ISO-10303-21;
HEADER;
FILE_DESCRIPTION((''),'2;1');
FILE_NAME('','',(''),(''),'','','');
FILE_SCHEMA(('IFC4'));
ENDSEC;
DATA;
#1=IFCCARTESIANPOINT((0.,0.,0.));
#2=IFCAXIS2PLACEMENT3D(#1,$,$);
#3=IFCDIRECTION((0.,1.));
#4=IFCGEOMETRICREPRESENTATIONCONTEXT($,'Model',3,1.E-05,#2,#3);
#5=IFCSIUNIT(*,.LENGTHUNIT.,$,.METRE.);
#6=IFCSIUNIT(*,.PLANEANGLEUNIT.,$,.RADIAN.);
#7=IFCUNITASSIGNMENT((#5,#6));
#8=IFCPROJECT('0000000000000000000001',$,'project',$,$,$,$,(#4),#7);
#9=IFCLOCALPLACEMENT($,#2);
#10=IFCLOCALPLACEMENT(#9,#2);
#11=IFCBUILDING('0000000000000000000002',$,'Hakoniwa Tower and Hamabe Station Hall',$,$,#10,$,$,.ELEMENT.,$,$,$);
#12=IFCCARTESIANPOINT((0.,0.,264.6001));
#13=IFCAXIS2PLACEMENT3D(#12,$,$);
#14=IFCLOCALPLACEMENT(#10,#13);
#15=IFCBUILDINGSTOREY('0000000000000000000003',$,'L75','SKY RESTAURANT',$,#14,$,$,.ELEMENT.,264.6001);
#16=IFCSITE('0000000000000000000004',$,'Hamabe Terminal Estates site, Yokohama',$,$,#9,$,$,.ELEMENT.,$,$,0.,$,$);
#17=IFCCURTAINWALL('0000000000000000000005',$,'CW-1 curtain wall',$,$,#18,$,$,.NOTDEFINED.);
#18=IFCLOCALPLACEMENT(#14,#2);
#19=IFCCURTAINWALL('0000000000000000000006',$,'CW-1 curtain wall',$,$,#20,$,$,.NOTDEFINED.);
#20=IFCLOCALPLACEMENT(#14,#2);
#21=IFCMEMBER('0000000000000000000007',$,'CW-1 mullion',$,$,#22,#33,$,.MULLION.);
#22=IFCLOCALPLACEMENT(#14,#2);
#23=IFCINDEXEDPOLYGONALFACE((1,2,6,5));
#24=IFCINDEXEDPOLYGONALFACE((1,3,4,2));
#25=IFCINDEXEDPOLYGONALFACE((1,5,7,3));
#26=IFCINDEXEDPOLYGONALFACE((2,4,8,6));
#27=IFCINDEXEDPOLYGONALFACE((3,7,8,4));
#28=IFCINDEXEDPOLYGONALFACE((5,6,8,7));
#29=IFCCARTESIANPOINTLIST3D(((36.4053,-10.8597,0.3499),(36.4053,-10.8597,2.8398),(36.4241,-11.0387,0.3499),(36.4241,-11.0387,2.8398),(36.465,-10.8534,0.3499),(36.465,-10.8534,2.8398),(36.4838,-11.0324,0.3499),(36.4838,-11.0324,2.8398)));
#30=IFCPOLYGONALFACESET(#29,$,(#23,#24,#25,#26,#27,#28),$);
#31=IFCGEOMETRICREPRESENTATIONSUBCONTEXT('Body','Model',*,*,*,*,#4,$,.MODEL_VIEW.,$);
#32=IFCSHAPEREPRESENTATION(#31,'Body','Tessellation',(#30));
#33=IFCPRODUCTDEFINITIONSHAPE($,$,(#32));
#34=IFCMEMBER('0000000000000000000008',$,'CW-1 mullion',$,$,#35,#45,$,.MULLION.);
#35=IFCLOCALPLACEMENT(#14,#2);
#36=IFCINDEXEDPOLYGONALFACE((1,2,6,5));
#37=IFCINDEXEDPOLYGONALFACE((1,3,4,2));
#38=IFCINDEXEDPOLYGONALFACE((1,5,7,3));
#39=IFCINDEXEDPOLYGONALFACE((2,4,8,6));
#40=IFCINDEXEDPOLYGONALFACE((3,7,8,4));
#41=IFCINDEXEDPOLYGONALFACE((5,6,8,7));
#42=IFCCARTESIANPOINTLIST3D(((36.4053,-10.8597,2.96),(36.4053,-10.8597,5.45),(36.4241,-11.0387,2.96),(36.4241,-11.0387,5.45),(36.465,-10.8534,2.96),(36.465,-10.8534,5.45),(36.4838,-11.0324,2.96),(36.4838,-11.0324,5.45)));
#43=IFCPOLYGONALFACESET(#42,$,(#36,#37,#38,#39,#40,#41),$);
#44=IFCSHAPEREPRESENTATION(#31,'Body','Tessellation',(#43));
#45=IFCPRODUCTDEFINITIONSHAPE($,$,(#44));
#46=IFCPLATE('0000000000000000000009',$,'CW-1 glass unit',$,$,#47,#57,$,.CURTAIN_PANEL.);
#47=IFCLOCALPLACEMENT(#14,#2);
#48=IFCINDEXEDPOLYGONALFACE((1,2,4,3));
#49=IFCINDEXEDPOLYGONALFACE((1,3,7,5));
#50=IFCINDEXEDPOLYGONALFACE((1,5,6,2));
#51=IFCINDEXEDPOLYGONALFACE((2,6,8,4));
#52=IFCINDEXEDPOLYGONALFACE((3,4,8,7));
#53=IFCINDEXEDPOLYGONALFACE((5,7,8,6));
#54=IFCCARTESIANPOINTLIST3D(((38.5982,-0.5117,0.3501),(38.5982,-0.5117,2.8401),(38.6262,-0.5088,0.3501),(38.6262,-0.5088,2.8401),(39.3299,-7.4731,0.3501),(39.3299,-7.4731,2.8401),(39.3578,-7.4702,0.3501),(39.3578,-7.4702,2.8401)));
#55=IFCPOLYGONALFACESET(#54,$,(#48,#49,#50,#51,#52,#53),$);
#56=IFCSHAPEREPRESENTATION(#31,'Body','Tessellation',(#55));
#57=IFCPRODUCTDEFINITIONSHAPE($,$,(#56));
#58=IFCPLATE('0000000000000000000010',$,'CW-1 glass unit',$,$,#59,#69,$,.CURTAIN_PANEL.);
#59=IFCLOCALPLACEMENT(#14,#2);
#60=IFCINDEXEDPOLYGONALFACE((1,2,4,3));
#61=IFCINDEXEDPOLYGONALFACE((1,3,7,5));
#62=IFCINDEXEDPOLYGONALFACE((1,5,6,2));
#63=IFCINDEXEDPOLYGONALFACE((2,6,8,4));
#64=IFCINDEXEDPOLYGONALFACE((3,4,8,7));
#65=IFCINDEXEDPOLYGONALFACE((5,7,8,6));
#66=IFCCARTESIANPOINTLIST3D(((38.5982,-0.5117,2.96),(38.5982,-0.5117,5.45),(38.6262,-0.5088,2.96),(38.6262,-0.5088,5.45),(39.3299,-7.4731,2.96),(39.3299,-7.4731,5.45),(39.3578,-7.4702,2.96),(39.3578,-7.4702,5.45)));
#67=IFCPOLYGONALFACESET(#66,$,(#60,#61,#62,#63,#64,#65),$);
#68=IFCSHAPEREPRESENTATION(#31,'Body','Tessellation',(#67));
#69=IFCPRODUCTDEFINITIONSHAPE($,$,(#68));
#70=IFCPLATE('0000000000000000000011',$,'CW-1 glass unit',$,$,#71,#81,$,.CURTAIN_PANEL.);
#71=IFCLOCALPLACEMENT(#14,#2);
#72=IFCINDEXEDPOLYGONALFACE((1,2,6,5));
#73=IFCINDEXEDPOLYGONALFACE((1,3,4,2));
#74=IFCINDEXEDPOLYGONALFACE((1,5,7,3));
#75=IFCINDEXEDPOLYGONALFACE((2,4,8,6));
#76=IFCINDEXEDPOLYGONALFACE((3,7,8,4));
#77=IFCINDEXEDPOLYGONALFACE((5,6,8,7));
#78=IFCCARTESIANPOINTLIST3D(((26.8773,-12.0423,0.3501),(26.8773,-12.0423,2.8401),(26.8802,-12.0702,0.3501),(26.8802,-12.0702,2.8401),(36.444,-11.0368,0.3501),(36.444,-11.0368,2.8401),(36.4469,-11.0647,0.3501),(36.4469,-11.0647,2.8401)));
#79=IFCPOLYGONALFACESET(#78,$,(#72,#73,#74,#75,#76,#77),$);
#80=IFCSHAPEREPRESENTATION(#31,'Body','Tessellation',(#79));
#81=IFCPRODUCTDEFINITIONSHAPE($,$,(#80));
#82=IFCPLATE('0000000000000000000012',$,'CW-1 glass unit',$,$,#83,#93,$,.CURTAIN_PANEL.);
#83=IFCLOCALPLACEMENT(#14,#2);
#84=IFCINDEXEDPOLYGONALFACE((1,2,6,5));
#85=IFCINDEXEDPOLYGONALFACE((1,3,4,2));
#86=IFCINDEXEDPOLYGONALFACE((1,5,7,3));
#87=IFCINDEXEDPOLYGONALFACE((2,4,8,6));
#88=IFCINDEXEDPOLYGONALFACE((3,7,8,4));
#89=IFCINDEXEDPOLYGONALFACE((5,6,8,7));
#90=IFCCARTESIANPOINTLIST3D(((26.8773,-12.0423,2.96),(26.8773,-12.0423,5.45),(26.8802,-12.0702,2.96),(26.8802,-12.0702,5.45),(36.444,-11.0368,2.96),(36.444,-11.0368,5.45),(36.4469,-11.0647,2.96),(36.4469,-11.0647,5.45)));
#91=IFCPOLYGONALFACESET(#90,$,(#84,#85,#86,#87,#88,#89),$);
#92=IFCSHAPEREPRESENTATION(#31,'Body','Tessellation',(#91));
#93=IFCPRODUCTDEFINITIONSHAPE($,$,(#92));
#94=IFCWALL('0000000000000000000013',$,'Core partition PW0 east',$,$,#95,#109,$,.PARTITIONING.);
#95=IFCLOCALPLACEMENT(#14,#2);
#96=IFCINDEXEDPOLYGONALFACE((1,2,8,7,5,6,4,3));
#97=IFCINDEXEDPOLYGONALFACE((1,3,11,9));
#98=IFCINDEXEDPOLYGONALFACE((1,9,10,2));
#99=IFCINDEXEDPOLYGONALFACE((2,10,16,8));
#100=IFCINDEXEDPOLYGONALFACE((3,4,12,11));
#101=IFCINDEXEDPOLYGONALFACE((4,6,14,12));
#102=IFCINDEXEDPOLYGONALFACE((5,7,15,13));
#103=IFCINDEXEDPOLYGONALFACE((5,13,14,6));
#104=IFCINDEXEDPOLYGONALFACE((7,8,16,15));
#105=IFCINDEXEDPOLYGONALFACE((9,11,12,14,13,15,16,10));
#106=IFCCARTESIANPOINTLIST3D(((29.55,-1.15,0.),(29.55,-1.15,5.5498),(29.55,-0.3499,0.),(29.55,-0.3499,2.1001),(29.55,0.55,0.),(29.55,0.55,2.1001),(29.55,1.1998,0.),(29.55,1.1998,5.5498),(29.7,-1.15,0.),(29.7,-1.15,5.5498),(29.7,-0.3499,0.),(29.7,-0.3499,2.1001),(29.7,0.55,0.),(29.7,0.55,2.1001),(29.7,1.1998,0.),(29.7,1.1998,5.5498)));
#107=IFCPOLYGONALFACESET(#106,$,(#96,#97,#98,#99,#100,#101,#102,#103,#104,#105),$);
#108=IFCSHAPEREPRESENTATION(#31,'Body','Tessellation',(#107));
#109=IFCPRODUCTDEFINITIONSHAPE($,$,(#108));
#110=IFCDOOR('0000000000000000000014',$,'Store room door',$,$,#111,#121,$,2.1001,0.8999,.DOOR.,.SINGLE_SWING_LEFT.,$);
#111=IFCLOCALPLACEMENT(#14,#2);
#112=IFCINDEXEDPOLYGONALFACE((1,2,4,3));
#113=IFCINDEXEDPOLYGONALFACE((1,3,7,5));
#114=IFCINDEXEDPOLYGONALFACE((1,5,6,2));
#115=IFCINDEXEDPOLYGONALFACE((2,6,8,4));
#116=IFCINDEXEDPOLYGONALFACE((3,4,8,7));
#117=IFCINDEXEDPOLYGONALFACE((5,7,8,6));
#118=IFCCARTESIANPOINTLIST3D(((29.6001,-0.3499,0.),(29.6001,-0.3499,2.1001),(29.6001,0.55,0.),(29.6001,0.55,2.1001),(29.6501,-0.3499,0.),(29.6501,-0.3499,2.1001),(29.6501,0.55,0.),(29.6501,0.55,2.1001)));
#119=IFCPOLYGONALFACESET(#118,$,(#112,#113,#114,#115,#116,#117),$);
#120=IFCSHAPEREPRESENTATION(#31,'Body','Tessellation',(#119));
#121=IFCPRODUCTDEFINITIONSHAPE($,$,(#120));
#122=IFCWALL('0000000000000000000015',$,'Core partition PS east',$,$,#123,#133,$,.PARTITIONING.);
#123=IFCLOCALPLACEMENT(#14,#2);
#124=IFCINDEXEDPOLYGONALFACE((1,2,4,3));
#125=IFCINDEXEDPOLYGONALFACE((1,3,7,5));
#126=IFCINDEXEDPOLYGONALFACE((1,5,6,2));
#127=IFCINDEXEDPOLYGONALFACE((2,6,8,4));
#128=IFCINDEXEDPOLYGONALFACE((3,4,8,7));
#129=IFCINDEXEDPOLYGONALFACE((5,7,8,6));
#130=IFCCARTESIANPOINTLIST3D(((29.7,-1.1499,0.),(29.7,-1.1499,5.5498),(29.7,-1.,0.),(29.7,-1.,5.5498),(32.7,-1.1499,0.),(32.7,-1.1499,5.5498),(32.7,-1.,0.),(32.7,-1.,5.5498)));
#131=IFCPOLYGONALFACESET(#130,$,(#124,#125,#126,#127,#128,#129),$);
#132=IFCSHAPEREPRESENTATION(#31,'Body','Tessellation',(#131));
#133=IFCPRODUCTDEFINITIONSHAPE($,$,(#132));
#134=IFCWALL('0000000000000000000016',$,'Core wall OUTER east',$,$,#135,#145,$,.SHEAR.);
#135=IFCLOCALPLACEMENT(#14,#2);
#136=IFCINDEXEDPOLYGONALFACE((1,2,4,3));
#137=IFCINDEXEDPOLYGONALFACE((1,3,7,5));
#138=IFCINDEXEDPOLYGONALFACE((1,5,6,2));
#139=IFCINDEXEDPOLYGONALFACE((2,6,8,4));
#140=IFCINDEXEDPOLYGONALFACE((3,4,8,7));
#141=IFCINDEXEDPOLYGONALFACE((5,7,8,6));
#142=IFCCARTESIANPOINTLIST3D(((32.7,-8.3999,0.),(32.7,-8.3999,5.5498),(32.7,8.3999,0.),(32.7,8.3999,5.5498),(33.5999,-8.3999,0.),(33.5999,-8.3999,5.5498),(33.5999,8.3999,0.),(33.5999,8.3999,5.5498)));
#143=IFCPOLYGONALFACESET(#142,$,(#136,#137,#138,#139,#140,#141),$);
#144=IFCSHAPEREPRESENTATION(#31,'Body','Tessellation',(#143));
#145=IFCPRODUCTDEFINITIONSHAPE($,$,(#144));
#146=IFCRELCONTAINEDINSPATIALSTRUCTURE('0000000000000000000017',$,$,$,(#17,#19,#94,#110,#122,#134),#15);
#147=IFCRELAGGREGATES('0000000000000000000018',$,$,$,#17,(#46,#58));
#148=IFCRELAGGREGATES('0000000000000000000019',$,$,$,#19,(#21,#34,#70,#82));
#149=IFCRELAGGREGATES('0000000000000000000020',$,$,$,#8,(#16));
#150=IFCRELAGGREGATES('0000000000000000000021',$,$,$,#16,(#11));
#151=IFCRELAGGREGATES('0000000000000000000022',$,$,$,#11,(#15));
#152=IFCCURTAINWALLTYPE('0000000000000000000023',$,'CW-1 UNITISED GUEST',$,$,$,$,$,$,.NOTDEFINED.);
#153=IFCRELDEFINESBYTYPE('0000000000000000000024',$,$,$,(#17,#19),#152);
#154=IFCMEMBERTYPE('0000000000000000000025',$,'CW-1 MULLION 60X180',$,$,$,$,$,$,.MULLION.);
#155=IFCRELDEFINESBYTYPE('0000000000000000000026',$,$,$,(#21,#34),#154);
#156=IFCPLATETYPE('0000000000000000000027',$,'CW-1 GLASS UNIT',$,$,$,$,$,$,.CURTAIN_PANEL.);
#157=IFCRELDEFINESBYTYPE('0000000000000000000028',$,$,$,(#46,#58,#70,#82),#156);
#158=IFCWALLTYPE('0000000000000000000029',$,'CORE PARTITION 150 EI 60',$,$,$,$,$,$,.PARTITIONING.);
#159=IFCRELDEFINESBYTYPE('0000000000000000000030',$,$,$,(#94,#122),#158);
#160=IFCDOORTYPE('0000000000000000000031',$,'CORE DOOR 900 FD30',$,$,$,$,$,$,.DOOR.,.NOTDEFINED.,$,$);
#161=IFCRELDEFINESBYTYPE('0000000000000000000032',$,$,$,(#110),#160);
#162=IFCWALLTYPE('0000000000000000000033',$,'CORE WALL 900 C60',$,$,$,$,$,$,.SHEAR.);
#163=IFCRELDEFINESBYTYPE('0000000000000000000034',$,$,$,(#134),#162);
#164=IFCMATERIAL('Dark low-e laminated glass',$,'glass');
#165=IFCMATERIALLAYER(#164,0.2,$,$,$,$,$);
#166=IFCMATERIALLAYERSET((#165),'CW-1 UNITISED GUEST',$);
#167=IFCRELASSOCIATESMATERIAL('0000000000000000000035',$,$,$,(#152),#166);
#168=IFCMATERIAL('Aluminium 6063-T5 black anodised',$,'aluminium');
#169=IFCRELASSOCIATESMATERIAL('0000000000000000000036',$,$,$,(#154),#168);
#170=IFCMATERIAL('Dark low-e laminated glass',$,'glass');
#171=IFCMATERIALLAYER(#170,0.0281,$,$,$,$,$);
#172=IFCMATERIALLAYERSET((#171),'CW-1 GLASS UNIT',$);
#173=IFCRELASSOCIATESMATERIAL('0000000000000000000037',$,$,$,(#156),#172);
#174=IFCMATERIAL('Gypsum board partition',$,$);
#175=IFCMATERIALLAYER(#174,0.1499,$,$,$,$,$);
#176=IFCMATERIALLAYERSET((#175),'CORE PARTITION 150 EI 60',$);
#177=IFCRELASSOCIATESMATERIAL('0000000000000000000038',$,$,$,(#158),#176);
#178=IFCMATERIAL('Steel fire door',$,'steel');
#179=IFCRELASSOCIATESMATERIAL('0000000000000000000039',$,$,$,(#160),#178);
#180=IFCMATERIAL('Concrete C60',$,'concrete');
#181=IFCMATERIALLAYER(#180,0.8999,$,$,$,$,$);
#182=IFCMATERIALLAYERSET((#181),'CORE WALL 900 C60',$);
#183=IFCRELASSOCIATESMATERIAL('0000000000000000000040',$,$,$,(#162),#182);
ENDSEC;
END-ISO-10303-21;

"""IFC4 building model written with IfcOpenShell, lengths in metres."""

from ifc_helpers import new_model, si_unit, direction, frame, frame_2d, origin, origin_2d, place, context, subcontext, project, spatial, rectangle, extrude, material, layer, layer_set, material_profile, profile_set, type_object, element, fill, aggregate, save


model = new_model("IFC4")

# Units and contexts
model_context = context("Model", 3, precision=1e-05, world=origin(), true_north=direction((0.0, 1.0)))
body_context = subcontext(model_context, "Body", "Model", "MODEL_VIEW")
ifc_project = project(units=[si_unit("LENGTHUNIT", "METRE"), si_unit("PLANEANGLEUNIT", "RADIAN")], contexts=[model_context])

# Site, building, storey
site_placement = place(None, origin())
site = spatial("IfcSite", under=ifc_project, at=site_placement, Name="Hamabe Terminal Estates site, Yokohama", CompositionType="ELEMENT", RefElevation=0.0)
building_placement = place(site_placement, origin())
building = spatial("IfcBuilding", under=site, at=building_placement, Name="Hakoniwa Tower and Hamabe Station Hall", CompositionType="ELEMENT")
storey_placement = place(building_placement, frame((0.0, 0.0, 264.6001)))
storey = spatial("IfcBuildingStorey", under=building, at=storey_placement, Name="L75", Description="SKY RESTAURANT", CompositionType="ELEMENT", Elevation=264.6001)

# Curtain walls, members
ifc_material_1 = material(Name="Dark low-e laminated glass", Category="glass")
ifc_layer_1 = layer(ifc_material_1, 0.2)
ifc_layer_set_1 = layer_set([ifc_layer_1], Name="CW-1 UNITISED GUEST")
curtain_wall_type = type_object("IfcCurtainWallType", Name="CW-1 UNITISED GUEST", PredefinedType="NOTDEFINED", material=ifc_layer_set_1)
curtain_wall_1_placement = place(storey_placement, origin())
curtain_wall_1 = element("IfcCurtainWall", 1, at=curtain_wall_1_placement, inside=storey, type_object=curtain_wall_type, Name="CW-1 curtain wall", PredefinedType="NOTDEFINED")
ifc_material_2 = material(Name="Aluminium 6063-T5 black anodised", Category="aluminium")
ifc_material_profile_1 = material_profile(ifc_material_2, rectangle(XDim=0.0601, YDim=0.1799, at=origin_2d()), Name="CW-1 MULLION 60X180")
ifc_profile_set_1 = profile_set([ifc_material_profile_1], Name="Aluminium 6063-T5 black anodised")
member_type_1 = type_object("IfcMemberType", Name="CW-1 MULLION 60X180", PredefinedType="MULLION", material=ifc_profile_set_1)
curtain_wall_2_placement = place(storey_placement, origin())
curtain_wall_2 = element("IfcCurtainWall", 2, at=curtain_wall_2_placement, inside=storey, type_object=curtain_wall_type, Name="CW-1 curtain wall", PredefinedType="NOTDEFINED")
member_1_placement = place(storey_placement, frame((36.4446, -10.946, 0.3499), z_axis=(0.0, 0.0, 1.0), x_axis=(0.994522, 0.104528, 0.0)))
member_1 = element("IfcMember", 3, at=member_1_placement, type_object=member_type_1, Name="CW-1 mullion", PredefinedType="MULLION", context=body_context, shape_type="SweptSolid", body=[
    extrude(rectangle(XDim=0.0601, YDim=0.1799, at=origin_2d()), origin(), (0.0, 0.0, 1.0), 2.49),
])
member_2_placement = place(storey_placement, frame((36.4446, -10.946, 2.96), z_axis=(0.0, 0.0, 1.0), x_axis=(0.994522, 0.104528, 0.0)))
member_2 = element("IfcMember", 4, at=member_2_placement, type_object=member_type_1, Name="CW-1 mullion", PredefinedType="MULLION", context=body_context, shape_type="SweptSolid", body=[
    extrude(rectangle(XDim=0.0601, YDim=0.1799, at=origin_2d()), origin(), (0.0, 0.0, 1.0), 2.49),
])

# Plates
ifc_material_3 = material(Name="Dark low-e laminated glass", Category="glass")
ifc_layer_2 = layer(ifc_material_3, 0.0281)
ifc_layer_set_2 = layer_set([ifc_layer_2], Name="CW-1 GLASS UNIT")
plate_type = type_object("IfcPlateType", Name="CW-1 GLASS UNIT", PredefinedType="CURTAIN_PANEL", material=ifc_layer_set_2)
plate_1_placement = place(storey_placement, frame((38.978, -3.991, 0.3501), z_axis=(0.0, 0.0, 1.0), x_axis=(-0.104528, 0.994522, 0.0)))
plate_1 = element("IfcPlate", 5, at=plate_1_placement, type_object=plate_type, Name="CW-1 glass unit", PredefinedType="CURTAIN_PANEL", context=body_context, shape_type="SweptSolid", body=[
    extrude(rectangle(XDim=6.9998, YDim=0.0281, at=origin_2d()), origin(), (0.0, 0.0, 1.0), 2.49),
])
plate_2_placement = place(storey_placement, frame((38.978, -3.991, 2.96), z_axis=(0.0, 0.0, 1.0), x_axis=(-0.104528, 0.994522, 0.0)))
plate_2 = element("IfcPlate", 6, at=plate_2_placement, type_object=plate_type, Name="CW-1 glass unit", PredefinedType="CURTAIN_PANEL", context=body_context, shape_type="SweptSolid", body=[
    extrude(rectangle(XDim=6.9998, YDim=0.0281, at=origin_2d()), origin(), (0.0, 0.0, 1.0), 2.49),
])
aggregate(curtain_wall_1, [plate_1, plate_2])
plate_3_placement = place(storey_placement, frame((31.6621, -11.5535, 0.3501), z_axis=(0.0, 0.0, 1.0), x_axis=(0.994522, 0.104528, 0.0)))
plate_3 = element("IfcPlate", 7, at=plate_3_placement, type_object=plate_type, Name="CW-1 glass unit", PredefinedType="CURTAIN_PANEL", context=body_context, shape_type="SweptSolid", body=[
    extrude(rectangle(XDim=9.6194, YDim=0.0281, at=origin_2d()), origin(), (0.0, 0.0, 1.0), 2.49),
])
plate_4_placement = place(storey_placement, frame((31.6621, -11.5535, 2.96), z_axis=(0.0, 0.0, 1.0), x_axis=(0.994522, 0.104528, 0.0)))
plate_4 = element("IfcPlate", 8, at=plate_4_placement, type_object=plate_type, Name="CW-1 glass unit", PredefinedType="CURTAIN_PANEL", context=body_context, shape_type="SweptSolid", body=[
    extrude(rectangle(XDim=9.6194, YDim=0.0281, at=origin_2d()), origin(), (0.0, 0.0, 1.0), 2.49),
])
aggregate(curtain_wall_2, [member_1, member_2, plate_3, plate_4])

# Wall, opening, door
ifc_material_4 = material(Name="Gypsum board partition")
ifc_layer_3 = layer(ifc_material_4, 0.1499)
ifc_layer_set_3 = layer_set([ifc_layer_3], Name="CORE PARTITION 150 EI 60")
wall_type_1 = type_object("IfcWallType", Name="CORE PARTITION 150 EI 60", PredefinedType="PARTITIONING", material=ifc_layer_set_3)
wall_1_placement = place(storey_placement, frame((29.625, -1.1499, 0.0), z_axis=(0.0, 0.0, 1.0), x_axis=(0.0, 1.0, 0.0)))
wall_1 = element("IfcWall", 9, at=wall_1_placement, inside=storey, type_object=wall_type_1, Name="Core partition PW0 east", PredefinedType="PARTITIONING", context=body_context, shape_type="SweptSolid", body=[
    extrude(rectangle(XDim=2.3499, YDim=0.1499, at=frame_2d((1.1748, 0.0))), origin(), (0.0, 0.0, 1.0), 5.5498),
])
opening_placement = place(wall_1_placement, frame((0.8, 0.0, 0.0)))
opening = element("IfcOpeningElement", 10, at=opening_placement, cuts=wall_1, PredefinedType="OPENING", context=body_context, shape_type="SweptSolid", body=[
    extrude(rectangle(XDim=0.8999, YDim=2.1001, at=frame_2d((0.45, 1.05))), frame((0.0, 0.085, 0.0), z_axis=(0.0, -1.0, 0.0), x_axis=(1.0, 0.0, 0.0)), (0.0, 0.0, 1.0), 0.1699),
])
ifc_material_5 = material(Name="Steel fire door", Category="steel")
door_type = type_object("IfcDoorType", Name="CORE DOOR 900 FD30", OperationType="NOTDEFINED", PredefinedType="DOOR", material=ifc_material_5)
door_placement = place(opening_placement, origin())
door = element("IfcDoor", 11, at=door_placement, inside=storey, type_object=door_type, Name="Store room door", OperationType="SINGLE_SWING_LEFT", OverallHeight=2.1001, OverallWidth=0.8999, PredefinedType="DOOR", context=body_context, shape_type="SweptSolid", body=[
    extrude(rectangle(XDim=0.8999, YDim=2.1001, at=frame_2d((0.45, 1.05))), frame((0.0, 0.0249, 0.0), z_axis=(0.0, -1.0, 0.0), x_axis=(1.0, 0.0, 0.0)), (0.0, 0.0, 1.0), 0.05),
])
fill(opening, door)

# Walls
wall_2_placement = place(storey_placement, frame((29.7, -1.075, 0.0), z_axis=(0.0, 0.0, 1.0), x_axis=(1.0, 0.0, 0.0)))
element("IfcWall", 12, at=wall_2_placement, inside=storey, type_object=wall_type_1, Name="Core partition PS east", PredefinedType="PARTITIONING", context=body_context, shape_type="SweptSolid", body=[
    extrude(rectangle(XDim=3.0, YDim=0.1499, at=frame_2d((1.5, 0.0))), origin(), (0.0, 0.0, 1.0), 5.5498),
])
ifc_material_6 = material(Name="Concrete C60", Category="concrete")
ifc_layer_4 = layer(ifc_material_6, 0.8999)
ifc_layer_set_4 = layer_set([ifc_layer_4], Name="CORE WALL 900 C60")
wall_type_2 = type_object("IfcWallType", Name="CORE WALL 900 C60", PredefinedType="SHEAR", material=ifc_layer_set_4)
wall_3_placement = place(storey_placement, frame((33.1499, -8.3999, 0.0), z_axis=(0.0, 0.0, 1.0), x_axis=(0.0, 1.0, 0.0)))
element("IfcWall", 13, at=wall_3_placement, inside=storey, type_object=wall_type_2, Name="Core wall OUTER east", PredefinedType="SHEAR", context=body_context, shape_type="SweptSolid", body=[
    extrude(rectangle(XDim=16.7998, YDim=0.8999, at=frame_2d((8.3999, 0.0))), origin(), (0.0, 0.0, 1.0), 5.5498),
])

save(model, "model.ifc")
